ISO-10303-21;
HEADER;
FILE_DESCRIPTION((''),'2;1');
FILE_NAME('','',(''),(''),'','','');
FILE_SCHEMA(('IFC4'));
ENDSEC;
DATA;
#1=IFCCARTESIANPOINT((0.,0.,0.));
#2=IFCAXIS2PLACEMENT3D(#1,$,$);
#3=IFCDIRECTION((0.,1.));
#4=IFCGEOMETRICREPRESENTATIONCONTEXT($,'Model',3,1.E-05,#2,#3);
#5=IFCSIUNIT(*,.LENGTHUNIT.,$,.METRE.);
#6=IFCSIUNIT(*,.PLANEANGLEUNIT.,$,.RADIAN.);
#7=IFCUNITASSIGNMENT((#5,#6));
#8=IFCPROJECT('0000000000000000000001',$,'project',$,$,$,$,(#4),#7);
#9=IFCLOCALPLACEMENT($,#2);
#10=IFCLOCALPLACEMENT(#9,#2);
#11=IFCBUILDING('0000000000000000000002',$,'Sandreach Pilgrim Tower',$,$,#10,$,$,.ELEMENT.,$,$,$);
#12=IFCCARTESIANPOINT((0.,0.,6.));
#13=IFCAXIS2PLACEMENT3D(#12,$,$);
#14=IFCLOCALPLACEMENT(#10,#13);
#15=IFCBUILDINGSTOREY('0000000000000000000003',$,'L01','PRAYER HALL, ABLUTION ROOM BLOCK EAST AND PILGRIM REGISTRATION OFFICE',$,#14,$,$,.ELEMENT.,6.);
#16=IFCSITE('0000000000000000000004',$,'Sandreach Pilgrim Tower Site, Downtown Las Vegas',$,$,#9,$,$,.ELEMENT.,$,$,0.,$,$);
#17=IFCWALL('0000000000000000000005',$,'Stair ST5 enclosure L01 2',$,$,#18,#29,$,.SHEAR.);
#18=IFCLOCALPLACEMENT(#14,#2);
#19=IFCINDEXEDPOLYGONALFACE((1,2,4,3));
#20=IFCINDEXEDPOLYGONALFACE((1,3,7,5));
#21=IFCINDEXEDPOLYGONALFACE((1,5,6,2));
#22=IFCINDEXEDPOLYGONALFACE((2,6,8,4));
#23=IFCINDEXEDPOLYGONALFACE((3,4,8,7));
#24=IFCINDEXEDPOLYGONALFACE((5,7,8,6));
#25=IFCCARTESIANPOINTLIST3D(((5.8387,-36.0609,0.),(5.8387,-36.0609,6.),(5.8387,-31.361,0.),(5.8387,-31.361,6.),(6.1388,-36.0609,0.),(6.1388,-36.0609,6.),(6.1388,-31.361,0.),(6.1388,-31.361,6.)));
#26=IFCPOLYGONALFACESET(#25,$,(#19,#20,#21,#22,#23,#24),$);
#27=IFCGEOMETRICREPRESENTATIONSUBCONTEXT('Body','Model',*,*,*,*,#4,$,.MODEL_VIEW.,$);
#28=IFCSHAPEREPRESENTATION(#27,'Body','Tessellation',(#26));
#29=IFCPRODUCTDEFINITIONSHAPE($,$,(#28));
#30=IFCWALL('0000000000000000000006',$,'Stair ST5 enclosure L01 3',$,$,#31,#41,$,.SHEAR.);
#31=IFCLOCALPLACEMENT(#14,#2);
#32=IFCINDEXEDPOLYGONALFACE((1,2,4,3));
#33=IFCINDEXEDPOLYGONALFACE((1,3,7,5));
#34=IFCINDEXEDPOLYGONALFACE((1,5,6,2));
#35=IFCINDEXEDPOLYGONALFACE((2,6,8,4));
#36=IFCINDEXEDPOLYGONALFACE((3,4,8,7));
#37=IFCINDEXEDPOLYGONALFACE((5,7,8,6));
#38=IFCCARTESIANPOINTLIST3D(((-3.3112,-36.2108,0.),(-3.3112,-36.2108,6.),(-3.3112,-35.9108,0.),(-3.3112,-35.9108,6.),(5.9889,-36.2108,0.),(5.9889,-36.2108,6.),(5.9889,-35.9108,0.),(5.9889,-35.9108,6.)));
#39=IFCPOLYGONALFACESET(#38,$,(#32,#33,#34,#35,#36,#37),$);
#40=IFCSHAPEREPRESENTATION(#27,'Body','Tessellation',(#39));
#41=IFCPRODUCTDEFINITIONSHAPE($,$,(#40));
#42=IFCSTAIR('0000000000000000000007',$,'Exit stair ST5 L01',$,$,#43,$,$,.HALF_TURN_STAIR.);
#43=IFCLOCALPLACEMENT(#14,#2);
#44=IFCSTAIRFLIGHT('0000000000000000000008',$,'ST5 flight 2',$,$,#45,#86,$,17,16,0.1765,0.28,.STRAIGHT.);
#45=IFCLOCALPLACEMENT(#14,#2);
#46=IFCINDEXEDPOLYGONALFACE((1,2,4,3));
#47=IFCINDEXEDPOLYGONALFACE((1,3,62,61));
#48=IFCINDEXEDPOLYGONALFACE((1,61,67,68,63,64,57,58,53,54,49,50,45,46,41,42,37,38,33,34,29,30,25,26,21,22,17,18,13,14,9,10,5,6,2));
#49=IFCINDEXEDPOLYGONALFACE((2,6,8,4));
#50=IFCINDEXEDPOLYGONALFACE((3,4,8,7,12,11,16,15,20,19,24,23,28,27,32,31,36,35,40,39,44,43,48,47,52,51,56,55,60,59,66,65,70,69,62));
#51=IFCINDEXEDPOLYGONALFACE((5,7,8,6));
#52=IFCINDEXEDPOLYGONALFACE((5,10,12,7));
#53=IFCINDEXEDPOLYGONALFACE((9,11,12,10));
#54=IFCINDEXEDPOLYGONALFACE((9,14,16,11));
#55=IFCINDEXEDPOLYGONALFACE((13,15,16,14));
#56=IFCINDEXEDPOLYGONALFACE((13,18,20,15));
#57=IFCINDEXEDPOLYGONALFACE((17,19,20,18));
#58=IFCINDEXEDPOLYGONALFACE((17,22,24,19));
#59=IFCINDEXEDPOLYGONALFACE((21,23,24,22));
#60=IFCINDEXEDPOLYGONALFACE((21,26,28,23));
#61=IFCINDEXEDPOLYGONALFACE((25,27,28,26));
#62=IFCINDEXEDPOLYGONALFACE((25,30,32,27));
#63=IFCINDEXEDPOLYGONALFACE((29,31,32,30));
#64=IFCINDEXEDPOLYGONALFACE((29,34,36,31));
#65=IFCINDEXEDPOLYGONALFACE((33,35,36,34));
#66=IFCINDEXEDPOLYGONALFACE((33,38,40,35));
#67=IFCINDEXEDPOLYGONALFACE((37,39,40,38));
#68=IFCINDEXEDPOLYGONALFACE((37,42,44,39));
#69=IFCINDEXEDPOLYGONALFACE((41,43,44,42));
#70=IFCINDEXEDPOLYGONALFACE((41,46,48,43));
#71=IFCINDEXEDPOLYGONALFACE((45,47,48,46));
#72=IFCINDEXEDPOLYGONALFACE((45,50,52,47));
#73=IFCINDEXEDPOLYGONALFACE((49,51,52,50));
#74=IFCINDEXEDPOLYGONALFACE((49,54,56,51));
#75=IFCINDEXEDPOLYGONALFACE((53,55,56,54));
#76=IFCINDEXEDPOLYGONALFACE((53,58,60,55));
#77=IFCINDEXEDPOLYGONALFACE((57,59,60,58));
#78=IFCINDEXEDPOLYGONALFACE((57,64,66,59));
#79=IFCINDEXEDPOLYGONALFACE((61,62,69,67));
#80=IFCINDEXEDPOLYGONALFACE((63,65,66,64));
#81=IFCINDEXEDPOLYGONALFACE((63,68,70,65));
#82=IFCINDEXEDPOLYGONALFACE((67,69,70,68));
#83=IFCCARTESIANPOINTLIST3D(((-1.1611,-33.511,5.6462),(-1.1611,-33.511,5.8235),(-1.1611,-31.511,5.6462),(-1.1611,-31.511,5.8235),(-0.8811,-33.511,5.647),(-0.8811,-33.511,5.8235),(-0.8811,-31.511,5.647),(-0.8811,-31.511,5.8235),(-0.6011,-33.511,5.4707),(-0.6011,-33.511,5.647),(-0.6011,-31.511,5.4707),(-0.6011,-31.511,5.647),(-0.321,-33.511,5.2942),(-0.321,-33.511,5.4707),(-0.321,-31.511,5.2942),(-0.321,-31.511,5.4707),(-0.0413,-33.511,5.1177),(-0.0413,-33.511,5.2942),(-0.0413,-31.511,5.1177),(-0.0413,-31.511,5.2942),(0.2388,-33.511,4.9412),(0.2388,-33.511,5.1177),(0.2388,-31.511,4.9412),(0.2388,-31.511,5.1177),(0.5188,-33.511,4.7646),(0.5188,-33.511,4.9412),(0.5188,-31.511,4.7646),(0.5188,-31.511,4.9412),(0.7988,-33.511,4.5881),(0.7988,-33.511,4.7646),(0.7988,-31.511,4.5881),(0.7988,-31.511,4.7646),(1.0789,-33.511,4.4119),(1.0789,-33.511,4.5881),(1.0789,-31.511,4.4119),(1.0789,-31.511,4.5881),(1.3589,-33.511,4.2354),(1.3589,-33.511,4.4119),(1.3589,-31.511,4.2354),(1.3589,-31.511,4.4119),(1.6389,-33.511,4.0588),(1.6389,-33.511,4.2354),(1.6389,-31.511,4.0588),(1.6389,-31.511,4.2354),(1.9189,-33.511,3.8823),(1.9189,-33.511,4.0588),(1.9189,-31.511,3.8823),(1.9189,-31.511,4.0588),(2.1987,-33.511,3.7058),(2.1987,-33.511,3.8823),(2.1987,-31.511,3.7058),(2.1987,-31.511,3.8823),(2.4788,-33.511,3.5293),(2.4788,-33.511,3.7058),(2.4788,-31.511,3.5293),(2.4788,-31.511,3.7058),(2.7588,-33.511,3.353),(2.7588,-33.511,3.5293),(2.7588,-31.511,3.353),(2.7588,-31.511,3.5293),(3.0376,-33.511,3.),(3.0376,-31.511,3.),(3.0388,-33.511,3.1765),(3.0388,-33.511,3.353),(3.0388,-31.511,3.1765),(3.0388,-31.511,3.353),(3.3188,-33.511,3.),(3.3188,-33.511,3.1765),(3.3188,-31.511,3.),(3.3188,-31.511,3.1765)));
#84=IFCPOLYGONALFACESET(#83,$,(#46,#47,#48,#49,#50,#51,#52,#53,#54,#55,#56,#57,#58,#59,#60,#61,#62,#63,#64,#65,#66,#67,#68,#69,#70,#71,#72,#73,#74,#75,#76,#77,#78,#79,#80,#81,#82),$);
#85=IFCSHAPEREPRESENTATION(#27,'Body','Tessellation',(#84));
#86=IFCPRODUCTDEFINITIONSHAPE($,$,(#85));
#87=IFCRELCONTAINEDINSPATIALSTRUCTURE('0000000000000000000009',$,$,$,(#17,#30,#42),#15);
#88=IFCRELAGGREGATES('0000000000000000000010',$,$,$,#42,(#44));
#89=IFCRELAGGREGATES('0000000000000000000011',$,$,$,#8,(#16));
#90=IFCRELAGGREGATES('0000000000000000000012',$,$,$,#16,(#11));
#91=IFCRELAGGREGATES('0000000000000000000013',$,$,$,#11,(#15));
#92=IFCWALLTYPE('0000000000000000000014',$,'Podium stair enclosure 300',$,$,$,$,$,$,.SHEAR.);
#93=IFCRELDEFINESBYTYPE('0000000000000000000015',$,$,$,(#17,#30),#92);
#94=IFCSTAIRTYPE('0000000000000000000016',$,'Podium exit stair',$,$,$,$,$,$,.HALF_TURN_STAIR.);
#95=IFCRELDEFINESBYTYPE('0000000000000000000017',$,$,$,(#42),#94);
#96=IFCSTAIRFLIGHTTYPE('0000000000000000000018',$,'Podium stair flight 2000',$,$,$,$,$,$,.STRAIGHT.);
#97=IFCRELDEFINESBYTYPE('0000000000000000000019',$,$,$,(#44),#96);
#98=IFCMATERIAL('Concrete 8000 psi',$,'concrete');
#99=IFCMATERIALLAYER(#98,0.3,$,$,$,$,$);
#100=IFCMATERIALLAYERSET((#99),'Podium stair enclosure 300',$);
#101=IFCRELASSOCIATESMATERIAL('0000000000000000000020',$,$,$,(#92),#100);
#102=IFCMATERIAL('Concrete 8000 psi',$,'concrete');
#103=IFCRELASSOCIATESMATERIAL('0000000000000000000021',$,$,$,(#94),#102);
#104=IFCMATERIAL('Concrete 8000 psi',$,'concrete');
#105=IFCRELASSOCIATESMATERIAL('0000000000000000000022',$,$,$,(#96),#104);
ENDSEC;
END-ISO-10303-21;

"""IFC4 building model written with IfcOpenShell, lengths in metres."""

from ifc_helpers import new_model, si_unit, direction, frame, frame_2d, origin, place, context, subcontext, project, spatial, polyline, rectangle, outline, extrude, material, layer, layer_set, type_object, element, aggregate, save


model = new_model("IFC4")

# Units and contexts
model_context = context("Model", 3, precision=1e-05, world=origin(), true_north=direction((0.0, 1.0)))
body_context = subcontext(model_context, "Body", "Model", "MODEL_VIEW")
ifc_project = project(units=[si_unit("LENGTHUNIT", "METRE"), si_unit("PLANEANGLEUNIT", "RADIAN")], contexts=[model_context])

# Site, building, storey
site_placement = place(None, origin())
site = spatial("IfcSite", under=ifc_project, at=site_placement, Name="Sandreach Pilgrim Tower Site, Downtown Las Vegas", CompositionType="ELEMENT", RefElevation=0.0)
building_placement = place(site_placement, origin())
building = spatial("IfcBuilding", under=site, at=building_placement, Name="Sandreach Pilgrim Tower", CompositionType="ELEMENT")
storey_placement = place(building_placement, frame((0.0, 0.0, 6.0)))
storey = spatial("IfcBuildingStorey", under=building, at=storey_placement, Name="L01", Description="PRAYER HALL, ABLUTION ROOM BLOCK EAST AND PILGRIM REGISTRATION OFFICE", CompositionType="ELEMENT", Elevation=6.0)

# Walls
ifc_material_1 = material(Name="Concrete 8000 psi", Category="concrete")
ifc_layer_1 = layer(ifc_material_1, 0.3)
ifc_layer_set_1 = layer_set([ifc_layer_1], Name="Podium stair enclosure 300")
wall_type_1 = type_object("IfcWallType", Name="Podium stair enclosure 300", PredefinedType="SHEAR", material=ifc_layer_set_1)
wall_1_placement = place(storey_placement, frame((5.9888, -31.3608, 0.0), z_axis=(0.0, 0.0, 1.0), x_axis=(0.0, -1.0, 0.0)))
element("IfcWall", 1, at=wall_1_placement, inside=storey, type_object=wall_type_1, Name="Stair ST5 enclosure L01 2", PredefinedType="SHEAR", context=body_context, shape_type="SweptSolid", body=[
    extrude(rectangle(XDim=4.7, YDim=0.3, at=frame_2d((2.3501, 0.0))), origin(), (0.0, 0.0, 1.0), 6.0),
])
wall_2_placement = place(storey_placement, frame((5.9888, -36.0608, 0.0), z_axis=(0.0, 0.0, 1.0), x_axis=(-1.0, 0.0, 0.0)))
element("IfcWall", 2, at=wall_2_placement, inside=storey, type_object=wall_type_1, Name="Stair ST5 enclosure L01 3", PredefinedType="SHEAR", context=body_context, shape_type="SweptSolid", body=[
    extrude(rectangle(XDim=9.3, YDim=0.3, at=frame_2d((4.6499, 0.0))), origin(), (0.0, 0.0, 1.0), 6.0),
])

# Stair, stair flight
ifc_material_2 = material(Name="Concrete 8000 psi", Category="concrete")
stair_type = type_object("IfcStairType", Name="Podium exit stair", PredefinedType="HALF_TURN_STAIR", material=ifc_material_2)
stair_placement = place(storey_placement, origin())
stair = element("IfcStair", 3, at=stair_placement, inside=storey, type_object=stair_type, Name="Exit stair ST5 L01", PredefinedType="HALF_TURN_STAIR")
ifc_material_3 = material(Name="Concrete 8000 psi", Category="concrete")
stair_flight_type = type_object("IfcStairFlightType", Name="Podium stair flight 2000", PredefinedType="STRAIGHT", material=ifc_material_3)
stair_flight_placement = place(storey_placement, frame((3.3188, -32.511, 3.0), z_axis=(0.0, 0.0, 1.0), x_axis=(-1.0, 0.0, 0.0)))
stair_flight = element("IfcStairFlight", 4, at=stair_flight_placement, type_object=stair_flight_type, Name="ST5 flight 2", NumberOfRisers=17, NumberOfTreads=16, PredefinedType="STRAIGHT", RiserHeight=0.1765, TreadLength=0.28, context=body_context, shape_type="SweptSolid", body=[
    extrude(outline(polyline([(0.0, 0.0), (0.0, 0.1765), (0.28, 0.1765), (0.28, 0.353), (0.5601, 0.353), (0.5601, 0.5293), (0.8401, 0.5293), (0.8401, 0.7058), (1.1201, 0.7058), (1.1201, 0.8823), (1.3999, 0.8823), (1.3999, 1.0588), (1.6799, 1.0588), (1.6799, 1.2354), (1.96, 1.2354), (1.96, 1.4119), (2.24, 1.4119), (2.24, 1.5881), (2.52, 1.5881), (2.52, 1.7646), (2.8, 1.7646), (2.8, 1.9412), (3.0801, 1.9412), (3.0801, 2.1177), (3.3601, 2.1177), (3.3601, 2.2942), (3.6399, 2.2942), (3.6399, 2.4707), (3.9199, 2.4707), (3.9199, 2.647), (4.2, 2.647), (4.2, 2.8235), (4.48, 2.8235), (4.48, 3.0), (4.48, 2.6462), (0.2812, 0.0), (0.0, 0.0)])), frame((0.0, 1.0, 0.0), z_axis=(0.0, -1.0, 0.0), x_axis=(1.0, 0.0, 0.0)), (0.0, 0.0, 1.0), 2.0),
])
aggregate(stair, [stair_flight])

save(model, "model.ifc")
